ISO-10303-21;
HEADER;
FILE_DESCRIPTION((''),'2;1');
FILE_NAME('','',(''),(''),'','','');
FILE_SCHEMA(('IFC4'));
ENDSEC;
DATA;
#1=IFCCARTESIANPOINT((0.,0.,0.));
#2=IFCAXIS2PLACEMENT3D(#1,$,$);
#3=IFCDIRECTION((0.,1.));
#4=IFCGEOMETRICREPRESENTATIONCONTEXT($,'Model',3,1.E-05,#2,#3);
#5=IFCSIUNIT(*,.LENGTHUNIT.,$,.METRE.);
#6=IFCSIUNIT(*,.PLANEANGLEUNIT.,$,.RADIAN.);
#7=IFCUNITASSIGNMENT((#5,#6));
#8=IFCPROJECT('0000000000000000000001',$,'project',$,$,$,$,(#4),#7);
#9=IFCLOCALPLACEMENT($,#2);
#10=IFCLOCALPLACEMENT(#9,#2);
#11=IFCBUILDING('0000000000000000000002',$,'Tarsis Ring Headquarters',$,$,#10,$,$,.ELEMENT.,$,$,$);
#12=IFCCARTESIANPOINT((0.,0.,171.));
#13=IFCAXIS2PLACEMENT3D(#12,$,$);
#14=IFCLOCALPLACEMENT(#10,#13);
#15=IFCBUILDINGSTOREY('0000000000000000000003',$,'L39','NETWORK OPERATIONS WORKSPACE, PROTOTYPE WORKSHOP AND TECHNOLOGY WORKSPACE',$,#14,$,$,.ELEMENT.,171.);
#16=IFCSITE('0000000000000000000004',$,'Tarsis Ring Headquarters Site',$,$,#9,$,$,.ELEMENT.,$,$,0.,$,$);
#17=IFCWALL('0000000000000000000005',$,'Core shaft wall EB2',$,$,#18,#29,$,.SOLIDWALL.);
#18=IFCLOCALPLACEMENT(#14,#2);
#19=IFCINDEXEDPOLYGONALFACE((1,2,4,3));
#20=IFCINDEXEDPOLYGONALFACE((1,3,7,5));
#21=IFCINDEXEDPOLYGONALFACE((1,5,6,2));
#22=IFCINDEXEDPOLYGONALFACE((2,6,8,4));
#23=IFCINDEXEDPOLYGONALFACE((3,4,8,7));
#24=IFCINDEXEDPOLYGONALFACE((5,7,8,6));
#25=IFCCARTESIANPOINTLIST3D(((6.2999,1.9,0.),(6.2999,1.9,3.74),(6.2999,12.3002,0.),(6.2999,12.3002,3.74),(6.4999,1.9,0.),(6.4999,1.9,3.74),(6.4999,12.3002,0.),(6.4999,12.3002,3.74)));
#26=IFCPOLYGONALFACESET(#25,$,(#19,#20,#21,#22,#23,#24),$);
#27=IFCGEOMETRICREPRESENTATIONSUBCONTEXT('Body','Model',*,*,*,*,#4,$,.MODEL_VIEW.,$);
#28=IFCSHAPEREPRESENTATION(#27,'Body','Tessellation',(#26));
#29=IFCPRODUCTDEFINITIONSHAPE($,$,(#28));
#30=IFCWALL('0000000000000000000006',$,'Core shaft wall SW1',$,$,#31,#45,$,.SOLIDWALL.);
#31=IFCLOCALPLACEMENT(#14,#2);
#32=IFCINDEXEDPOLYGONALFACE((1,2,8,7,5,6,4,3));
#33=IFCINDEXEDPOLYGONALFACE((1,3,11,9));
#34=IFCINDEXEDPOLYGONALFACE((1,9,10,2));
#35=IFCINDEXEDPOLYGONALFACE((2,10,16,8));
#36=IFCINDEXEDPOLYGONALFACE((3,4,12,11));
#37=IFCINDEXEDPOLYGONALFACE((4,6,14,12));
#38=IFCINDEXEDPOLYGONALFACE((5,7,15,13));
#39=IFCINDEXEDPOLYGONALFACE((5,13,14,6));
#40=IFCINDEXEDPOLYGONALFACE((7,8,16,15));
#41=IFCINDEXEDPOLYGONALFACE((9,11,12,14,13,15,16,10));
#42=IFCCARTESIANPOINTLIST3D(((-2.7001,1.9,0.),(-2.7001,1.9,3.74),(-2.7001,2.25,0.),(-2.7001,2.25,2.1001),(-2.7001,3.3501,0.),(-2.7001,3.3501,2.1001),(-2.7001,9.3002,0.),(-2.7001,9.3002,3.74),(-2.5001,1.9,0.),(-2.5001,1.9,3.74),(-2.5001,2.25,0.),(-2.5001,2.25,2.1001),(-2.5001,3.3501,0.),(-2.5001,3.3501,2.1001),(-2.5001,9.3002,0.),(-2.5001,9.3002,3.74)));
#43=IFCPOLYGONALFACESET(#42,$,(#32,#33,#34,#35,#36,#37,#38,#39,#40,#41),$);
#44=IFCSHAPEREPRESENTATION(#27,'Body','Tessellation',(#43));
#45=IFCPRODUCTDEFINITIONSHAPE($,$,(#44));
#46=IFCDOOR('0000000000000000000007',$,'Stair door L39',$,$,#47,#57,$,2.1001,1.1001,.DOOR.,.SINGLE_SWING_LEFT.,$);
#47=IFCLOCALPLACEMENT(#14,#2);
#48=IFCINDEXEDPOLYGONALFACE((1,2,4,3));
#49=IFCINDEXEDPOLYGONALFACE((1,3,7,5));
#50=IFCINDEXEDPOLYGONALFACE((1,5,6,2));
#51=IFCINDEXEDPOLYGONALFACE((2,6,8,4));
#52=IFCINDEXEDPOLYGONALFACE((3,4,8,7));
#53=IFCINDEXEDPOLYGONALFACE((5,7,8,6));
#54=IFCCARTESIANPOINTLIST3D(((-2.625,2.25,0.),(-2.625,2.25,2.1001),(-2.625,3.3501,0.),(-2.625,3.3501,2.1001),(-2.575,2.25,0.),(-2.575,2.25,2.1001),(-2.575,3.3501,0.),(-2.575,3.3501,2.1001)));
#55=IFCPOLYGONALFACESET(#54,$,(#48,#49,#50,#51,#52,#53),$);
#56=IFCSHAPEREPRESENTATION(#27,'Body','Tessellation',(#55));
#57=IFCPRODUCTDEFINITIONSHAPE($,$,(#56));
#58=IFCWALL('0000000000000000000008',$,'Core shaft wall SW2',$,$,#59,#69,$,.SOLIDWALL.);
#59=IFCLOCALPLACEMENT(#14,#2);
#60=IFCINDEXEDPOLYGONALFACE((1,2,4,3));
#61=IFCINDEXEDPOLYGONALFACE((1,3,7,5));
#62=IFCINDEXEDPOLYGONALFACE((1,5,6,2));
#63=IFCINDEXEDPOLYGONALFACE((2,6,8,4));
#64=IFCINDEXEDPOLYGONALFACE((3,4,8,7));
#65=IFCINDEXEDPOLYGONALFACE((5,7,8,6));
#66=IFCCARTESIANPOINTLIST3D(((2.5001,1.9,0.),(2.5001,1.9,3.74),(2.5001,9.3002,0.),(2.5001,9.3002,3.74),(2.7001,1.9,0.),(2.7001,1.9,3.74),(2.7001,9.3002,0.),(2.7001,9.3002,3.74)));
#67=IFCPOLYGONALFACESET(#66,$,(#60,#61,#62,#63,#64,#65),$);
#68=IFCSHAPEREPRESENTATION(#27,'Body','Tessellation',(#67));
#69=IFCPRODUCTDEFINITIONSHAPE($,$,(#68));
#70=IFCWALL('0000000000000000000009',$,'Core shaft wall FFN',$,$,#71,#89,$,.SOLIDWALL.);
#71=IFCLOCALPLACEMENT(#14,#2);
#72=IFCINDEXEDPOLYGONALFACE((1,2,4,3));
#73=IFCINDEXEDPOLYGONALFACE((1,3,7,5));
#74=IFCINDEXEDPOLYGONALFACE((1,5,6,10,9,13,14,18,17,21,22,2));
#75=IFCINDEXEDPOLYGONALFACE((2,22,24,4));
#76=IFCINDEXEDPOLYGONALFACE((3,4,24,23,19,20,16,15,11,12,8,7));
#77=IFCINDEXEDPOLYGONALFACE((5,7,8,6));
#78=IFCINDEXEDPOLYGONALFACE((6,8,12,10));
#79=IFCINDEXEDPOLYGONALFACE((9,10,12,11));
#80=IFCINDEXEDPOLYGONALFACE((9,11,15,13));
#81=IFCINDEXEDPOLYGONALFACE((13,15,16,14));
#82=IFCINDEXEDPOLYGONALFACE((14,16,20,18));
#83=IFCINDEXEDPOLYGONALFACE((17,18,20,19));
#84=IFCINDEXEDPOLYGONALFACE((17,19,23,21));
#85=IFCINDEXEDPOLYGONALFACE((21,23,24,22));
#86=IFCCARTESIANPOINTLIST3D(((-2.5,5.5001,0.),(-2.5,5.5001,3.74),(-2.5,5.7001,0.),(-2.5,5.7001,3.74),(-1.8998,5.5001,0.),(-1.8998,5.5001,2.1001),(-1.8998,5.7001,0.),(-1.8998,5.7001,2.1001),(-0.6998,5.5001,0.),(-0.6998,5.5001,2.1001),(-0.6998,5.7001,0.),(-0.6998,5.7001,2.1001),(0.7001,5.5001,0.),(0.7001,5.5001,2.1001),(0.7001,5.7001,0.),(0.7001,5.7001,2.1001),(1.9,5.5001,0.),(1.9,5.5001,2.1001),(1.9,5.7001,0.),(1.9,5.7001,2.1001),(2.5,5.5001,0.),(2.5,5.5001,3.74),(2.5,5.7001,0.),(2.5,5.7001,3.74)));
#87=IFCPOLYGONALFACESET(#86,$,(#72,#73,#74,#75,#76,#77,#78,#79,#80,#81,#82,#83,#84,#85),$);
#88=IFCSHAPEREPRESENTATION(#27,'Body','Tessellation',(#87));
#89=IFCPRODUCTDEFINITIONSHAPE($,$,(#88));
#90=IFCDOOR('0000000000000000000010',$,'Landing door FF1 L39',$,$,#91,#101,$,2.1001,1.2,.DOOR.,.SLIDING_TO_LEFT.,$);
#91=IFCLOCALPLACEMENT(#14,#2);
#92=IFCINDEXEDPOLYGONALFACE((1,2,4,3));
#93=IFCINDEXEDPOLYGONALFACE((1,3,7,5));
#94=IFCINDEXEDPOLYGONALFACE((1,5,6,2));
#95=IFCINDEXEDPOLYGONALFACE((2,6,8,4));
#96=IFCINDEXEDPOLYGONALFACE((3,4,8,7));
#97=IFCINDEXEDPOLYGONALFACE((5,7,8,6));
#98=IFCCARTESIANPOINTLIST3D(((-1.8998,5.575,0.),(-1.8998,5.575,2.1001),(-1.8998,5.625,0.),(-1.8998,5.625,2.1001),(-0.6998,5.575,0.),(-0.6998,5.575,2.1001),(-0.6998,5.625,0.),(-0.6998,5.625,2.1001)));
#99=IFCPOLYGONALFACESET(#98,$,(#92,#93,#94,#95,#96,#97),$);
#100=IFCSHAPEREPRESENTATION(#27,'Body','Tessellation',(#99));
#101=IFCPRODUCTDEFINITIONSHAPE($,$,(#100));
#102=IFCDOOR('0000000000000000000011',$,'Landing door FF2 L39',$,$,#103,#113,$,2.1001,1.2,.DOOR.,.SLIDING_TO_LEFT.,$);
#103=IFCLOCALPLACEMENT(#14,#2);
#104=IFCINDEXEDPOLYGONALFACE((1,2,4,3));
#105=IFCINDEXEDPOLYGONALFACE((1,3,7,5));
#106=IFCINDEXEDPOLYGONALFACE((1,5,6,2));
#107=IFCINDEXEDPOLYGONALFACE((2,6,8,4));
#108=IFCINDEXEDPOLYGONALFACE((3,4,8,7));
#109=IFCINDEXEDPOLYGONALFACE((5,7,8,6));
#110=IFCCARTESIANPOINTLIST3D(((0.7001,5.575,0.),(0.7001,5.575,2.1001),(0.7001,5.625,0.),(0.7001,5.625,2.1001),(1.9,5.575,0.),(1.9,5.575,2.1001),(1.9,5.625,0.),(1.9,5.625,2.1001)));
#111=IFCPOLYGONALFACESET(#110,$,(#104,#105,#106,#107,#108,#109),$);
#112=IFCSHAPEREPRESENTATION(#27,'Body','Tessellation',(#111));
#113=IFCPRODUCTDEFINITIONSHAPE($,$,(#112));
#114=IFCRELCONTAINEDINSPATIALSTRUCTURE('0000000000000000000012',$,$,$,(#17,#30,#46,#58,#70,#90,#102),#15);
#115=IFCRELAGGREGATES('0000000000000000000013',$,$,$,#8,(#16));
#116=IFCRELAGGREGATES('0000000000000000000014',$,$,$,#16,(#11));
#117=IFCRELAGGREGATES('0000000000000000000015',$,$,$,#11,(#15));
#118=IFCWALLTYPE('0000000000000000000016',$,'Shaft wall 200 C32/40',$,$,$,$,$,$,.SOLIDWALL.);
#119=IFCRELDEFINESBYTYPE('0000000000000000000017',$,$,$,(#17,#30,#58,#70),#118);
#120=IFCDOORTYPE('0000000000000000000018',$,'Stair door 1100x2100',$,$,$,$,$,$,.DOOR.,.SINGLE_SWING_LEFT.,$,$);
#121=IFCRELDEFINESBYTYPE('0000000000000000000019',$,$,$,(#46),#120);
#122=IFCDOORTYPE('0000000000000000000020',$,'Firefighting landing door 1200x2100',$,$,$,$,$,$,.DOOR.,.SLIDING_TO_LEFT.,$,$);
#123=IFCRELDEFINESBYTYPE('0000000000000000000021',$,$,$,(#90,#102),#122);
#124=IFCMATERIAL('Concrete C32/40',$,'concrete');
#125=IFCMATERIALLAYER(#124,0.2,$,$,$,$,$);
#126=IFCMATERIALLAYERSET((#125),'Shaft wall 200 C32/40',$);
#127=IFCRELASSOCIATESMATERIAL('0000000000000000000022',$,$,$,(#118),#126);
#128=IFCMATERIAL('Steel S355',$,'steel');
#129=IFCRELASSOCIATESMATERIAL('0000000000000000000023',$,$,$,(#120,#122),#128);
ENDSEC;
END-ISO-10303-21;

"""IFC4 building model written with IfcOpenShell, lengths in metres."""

from ifc_helpers import new_model, si_unit, direction, frame, frame_2d, origin, place, context, subcontext, project, spatial, rectangle, extrude, material, layer, layer_set, type_object, element, fill, save


model = new_model("IFC4")

# Units and contexts
model_context = context("Model", 3, precision=1e-05, world=origin(), true_north=direction((0.0, 1.0)))
body_context = subcontext(model_context, "Body", "Model", "MODEL_VIEW")
ifc_project = project(units=[si_unit("LENGTHUNIT", "METRE"), si_unit("PLANEANGLEUNIT", "RADIAN")], contexts=[model_context])

# Site, building, storey
site_placement = place(None, origin())
site = spatial("IfcSite", under=ifc_project, at=site_placement, Name="Tarsis Ring Headquarters Site", CompositionType="ELEMENT", RefElevation=0.0)
building_placement = place(site_placement, origin())
building = spatial("IfcBuilding", under=site, at=building_placement, Name="Tarsis Ring Headquarters", CompositionType="ELEMENT")
storey_placement = place(building_placement, frame((0.0, 0.0, 171.0)))
storey = spatial("IfcBuildingStorey", under=building, at=storey_placement, Name="L39", Description="NETWORK OPERATIONS WORKSPACE, PROTOTYPE WORKSHOP AND TECHNOLOGY WORKSPACE", CompositionType="ELEMENT", Elevation=171.0)

# Wall
ifc_material_1 = material(Name="Concrete C32/40", Category="concrete")
ifc_layer_1 = layer(ifc_material_1, 0.2)
ifc_layer_set_1 = layer_set([ifc_layer_1], Name="Shaft wall 200 C32/40")
wall_type_1 = type_object("IfcWallType", Name="Shaft wall 200 C32/40", PredefinedType="SOLIDWALL", material=ifc_layer_set_1)
for number, where, z_axis, x_axis, name in (
    (1, (6.3999, 1.8999, 0.0), (0.0, 0.0, 1.0), (0.0, 1.0, 0.0), "Core shaft wall EB2"),
):
    element("IfcWall", number, at=place(storey_placement, frame(where, z_axis=z_axis, x_axis=x_axis)), inside=storey, type_object=wall_type_1, Name=name, PredefinedType="SOLIDWALL", context=body_context, shape_type="SweptSolid", body=[
        extrude(rectangle(XDim=10.4001, YDim=0.2, at=frame_2d((5.2002, 0.0))), origin(), (0.0, 0.0, 1.0), 3.74),
    ])

# Wall, opening, door
wall_1_placement = place(storey_placement, frame((-2.6001, 1.8999, 0.0), z_axis=(0.0, 0.0, 1.0), x_axis=(0.0, 1.0, 0.0)))
wall_1 = element("IfcWall", 2, at=wall_1_placement, inside=storey, type_object=wall_type_1, Name="Core shaft wall SW1", PredefinedType="SOLIDWALL", context=body_context, shape_type="SweptSolid", body=[
    extrude(rectangle(XDim=7.4001, YDim=0.2, at=frame_2d((3.7002, 0.0))), origin(), (0.0, 0.0, 1.0), 3.74),
])
opening_1_placement = place(wall_1_placement, frame((0.3501, 0.0, 0.0)))
opening_1 = element("IfcOpeningElement", 3, at=opening_1_placement, cuts=wall_1, PredefinedType="OPENING", context=body_context, shape_type="SweptSolid", body=[
    extrude(rectangle(XDim=1.1001, YDim=2.1001, at=frame_2d((0.55, 1.05))), frame((0.0, 0.1099, 0.0), z_axis=(0.0, -1.0, 0.0), x_axis=(1.0, 0.0, 0.0)), (0.0, 0.0, 1.0), 0.22),
])
ifc_material_2 = material(Name="Steel S355", Category="steel")
door_type_1 = type_object("IfcDoorType", Name="Stair door 1100x2100", OperationType="SINGLE_SWING_LEFT", PredefinedType="DOOR", material=ifc_material_2)
door_1_placement = place(opening_1_placement, origin())
door_1 = element("IfcDoor", 4, at=door_1_placement, inside=storey, type_object=door_type_1, Name="Stair door L39", OperationType="SINGLE_SWING_LEFT", OverallHeight=2.1001, OverallWidth=1.1001, PredefinedType="DOOR", context=body_context, shape_type="SweptSolid", body=[
    extrude(rectangle(XDim=1.1001, YDim=2.1001, at=frame_2d((0.55, 1.05))), frame((0.0, 0.0249, 0.0), z_axis=(0.0, -1.0, 0.0), x_axis=(1.0, 0.0, 0.0)), (0.0, 0.0, 1.0), 0.05),
])
fill(opening_1, door_1)

# Wall
wall_2_placement = place(storey_placement, frame((2.6001, 1.8999, 0.0), z_axis=(0.0, 0.0, 1.0), x_axis=(0.0, 1.0, 0.0)))
element("IfcWall", 5, at=wall_2_placement, inside=storey, type_object=wall_type_1, Name="Core shaft wall SW2", PredefinedType="SOLIDWALL", context=body_context, shape_type="SweptSolid", body=[
    extrude(rectangle(XDim=7.4001, YDim=0.2, at=frame_2d((3.7002, 0.0))), origin(), (0.0, 0.0, 1.0), 3.74),
])

# Wall, openings, doors
wall_3_placement = place(storey_placement, frame((-2.5, 5.6001, 0.0), z_axis=(0.0, 0.0, 1.0), x_axis=(1.0, 0.0, 0.0)))
wall_3 = element("IfcWall", 6, at=wall_3_placement, inside=storey, type_object=wall_type_1, Name="Core shaft wall FFN", PredefinedType="SOLIDWALL", context=body_context, shape_type="SweptSolid", body=[
    extrude(rectangle(XDim=5.0, YDim=0.2, at=frame_2d((2.5, 0.0))), origin(), (0.0, 0.0, 1.0), 3.74),
])
opening_2_placement = place(wall_3_placement, frame((0.6001, 0.0, 0.0)))
opening_2 = element("IfcOpeningElement", 7, at=opening_2_placement, cuts=wall_3, PredefinedType="OPENING", context=body_context, shape_type="SweptSolid", body=[
    extrude(rectangle(XDim=1.2, YDim=2.1001, at=frame_2d((0.6001, 1.05))), frame((0.0, 0.1099, 0.0), z_axis=(0.0, -1.0, 0.0), x_axis=(1.0, 0.0, 0.0)), (0.0, 0.0, 1.0), 0.22),
])
opening_3_placement = place(wall_3_placement, frame((3.2, 0.0, 0.0)))
opening_3 = element("IfcOpeningElement", 8, at=opening_3_placement, cuts=wall_3, PredefinedType="OPENING", context=body_context, shape_type="SweptSolid", body=[
    extrude(rectangle(XDim=1.2, YDim=2.1001, at=frame_2d((0.6001, 1.05))), frame((0.0, 0.1099, 0.0), z_axis=(0.0, -1.0, 0.0), x_axis=(1.0, 0.0, 0.0)), (0.0, 0.0, 1.0), 0.22),
])
door_type_2 = type_object("IfcDoorType", Name="Firefighting landing door 1200x2100", OperationType="SLIDING_TO_LEFT", PredefinedType="DOOR", material=ifc_material_2)
door_2_placement = place(opening_2_placement, origin())
door_2 = element("IfcDoor", 9, at=door_2_placement, inside=storey, type_object=door_type_2, Name="Landing door FF1 L39", OperationType="SLIDING_TO_LEFT", OverallHeight=2.1001, OverallWidth=1.2, PredefinedType="DOOR", context=body_context, shape_type="SweptSolid", body=[
    extrude(rectangle(XDim=1.2, YDim=2.1001, at=frame_2d((0.6001, 1.05))), frame((0.0, 0.0249, 0.0), z_axis=(0.0, -1.0, 0.0), x_axis=(1.0, 0.0, 0.0)), (0.0, 0.0, 1.0), 0.05),
])
fill(opening_2, door_2)
door_3_placement = place(opening_3_placement, origin())
door_3 = element("IfcDoor", 10, at=door_3_placement, inside=storey, type_object=door_type_2, Name="Landing door FF2 L39", OperationType="SLIDING_TO_LEFT", OverallHeight=2.1001, OverallWidth=1.2, PredefinedType="DOOR", context=body_context, shape_type="SweptSolid", body=[
    extrude(rectangle(XDim=1.2, YDim=2.1001, at=frame_2d((0.6001, 1.05))), frame((0.0, 0.0249, 0.0), z_axis=(0.0, -1.0, 0.0), x_axis=(1.0, 0.0, 0.0)), (0.0, 0.0, 1.0), 0.05),
])
fill(opening_3, door_3)

save(model, "model.ifc")
